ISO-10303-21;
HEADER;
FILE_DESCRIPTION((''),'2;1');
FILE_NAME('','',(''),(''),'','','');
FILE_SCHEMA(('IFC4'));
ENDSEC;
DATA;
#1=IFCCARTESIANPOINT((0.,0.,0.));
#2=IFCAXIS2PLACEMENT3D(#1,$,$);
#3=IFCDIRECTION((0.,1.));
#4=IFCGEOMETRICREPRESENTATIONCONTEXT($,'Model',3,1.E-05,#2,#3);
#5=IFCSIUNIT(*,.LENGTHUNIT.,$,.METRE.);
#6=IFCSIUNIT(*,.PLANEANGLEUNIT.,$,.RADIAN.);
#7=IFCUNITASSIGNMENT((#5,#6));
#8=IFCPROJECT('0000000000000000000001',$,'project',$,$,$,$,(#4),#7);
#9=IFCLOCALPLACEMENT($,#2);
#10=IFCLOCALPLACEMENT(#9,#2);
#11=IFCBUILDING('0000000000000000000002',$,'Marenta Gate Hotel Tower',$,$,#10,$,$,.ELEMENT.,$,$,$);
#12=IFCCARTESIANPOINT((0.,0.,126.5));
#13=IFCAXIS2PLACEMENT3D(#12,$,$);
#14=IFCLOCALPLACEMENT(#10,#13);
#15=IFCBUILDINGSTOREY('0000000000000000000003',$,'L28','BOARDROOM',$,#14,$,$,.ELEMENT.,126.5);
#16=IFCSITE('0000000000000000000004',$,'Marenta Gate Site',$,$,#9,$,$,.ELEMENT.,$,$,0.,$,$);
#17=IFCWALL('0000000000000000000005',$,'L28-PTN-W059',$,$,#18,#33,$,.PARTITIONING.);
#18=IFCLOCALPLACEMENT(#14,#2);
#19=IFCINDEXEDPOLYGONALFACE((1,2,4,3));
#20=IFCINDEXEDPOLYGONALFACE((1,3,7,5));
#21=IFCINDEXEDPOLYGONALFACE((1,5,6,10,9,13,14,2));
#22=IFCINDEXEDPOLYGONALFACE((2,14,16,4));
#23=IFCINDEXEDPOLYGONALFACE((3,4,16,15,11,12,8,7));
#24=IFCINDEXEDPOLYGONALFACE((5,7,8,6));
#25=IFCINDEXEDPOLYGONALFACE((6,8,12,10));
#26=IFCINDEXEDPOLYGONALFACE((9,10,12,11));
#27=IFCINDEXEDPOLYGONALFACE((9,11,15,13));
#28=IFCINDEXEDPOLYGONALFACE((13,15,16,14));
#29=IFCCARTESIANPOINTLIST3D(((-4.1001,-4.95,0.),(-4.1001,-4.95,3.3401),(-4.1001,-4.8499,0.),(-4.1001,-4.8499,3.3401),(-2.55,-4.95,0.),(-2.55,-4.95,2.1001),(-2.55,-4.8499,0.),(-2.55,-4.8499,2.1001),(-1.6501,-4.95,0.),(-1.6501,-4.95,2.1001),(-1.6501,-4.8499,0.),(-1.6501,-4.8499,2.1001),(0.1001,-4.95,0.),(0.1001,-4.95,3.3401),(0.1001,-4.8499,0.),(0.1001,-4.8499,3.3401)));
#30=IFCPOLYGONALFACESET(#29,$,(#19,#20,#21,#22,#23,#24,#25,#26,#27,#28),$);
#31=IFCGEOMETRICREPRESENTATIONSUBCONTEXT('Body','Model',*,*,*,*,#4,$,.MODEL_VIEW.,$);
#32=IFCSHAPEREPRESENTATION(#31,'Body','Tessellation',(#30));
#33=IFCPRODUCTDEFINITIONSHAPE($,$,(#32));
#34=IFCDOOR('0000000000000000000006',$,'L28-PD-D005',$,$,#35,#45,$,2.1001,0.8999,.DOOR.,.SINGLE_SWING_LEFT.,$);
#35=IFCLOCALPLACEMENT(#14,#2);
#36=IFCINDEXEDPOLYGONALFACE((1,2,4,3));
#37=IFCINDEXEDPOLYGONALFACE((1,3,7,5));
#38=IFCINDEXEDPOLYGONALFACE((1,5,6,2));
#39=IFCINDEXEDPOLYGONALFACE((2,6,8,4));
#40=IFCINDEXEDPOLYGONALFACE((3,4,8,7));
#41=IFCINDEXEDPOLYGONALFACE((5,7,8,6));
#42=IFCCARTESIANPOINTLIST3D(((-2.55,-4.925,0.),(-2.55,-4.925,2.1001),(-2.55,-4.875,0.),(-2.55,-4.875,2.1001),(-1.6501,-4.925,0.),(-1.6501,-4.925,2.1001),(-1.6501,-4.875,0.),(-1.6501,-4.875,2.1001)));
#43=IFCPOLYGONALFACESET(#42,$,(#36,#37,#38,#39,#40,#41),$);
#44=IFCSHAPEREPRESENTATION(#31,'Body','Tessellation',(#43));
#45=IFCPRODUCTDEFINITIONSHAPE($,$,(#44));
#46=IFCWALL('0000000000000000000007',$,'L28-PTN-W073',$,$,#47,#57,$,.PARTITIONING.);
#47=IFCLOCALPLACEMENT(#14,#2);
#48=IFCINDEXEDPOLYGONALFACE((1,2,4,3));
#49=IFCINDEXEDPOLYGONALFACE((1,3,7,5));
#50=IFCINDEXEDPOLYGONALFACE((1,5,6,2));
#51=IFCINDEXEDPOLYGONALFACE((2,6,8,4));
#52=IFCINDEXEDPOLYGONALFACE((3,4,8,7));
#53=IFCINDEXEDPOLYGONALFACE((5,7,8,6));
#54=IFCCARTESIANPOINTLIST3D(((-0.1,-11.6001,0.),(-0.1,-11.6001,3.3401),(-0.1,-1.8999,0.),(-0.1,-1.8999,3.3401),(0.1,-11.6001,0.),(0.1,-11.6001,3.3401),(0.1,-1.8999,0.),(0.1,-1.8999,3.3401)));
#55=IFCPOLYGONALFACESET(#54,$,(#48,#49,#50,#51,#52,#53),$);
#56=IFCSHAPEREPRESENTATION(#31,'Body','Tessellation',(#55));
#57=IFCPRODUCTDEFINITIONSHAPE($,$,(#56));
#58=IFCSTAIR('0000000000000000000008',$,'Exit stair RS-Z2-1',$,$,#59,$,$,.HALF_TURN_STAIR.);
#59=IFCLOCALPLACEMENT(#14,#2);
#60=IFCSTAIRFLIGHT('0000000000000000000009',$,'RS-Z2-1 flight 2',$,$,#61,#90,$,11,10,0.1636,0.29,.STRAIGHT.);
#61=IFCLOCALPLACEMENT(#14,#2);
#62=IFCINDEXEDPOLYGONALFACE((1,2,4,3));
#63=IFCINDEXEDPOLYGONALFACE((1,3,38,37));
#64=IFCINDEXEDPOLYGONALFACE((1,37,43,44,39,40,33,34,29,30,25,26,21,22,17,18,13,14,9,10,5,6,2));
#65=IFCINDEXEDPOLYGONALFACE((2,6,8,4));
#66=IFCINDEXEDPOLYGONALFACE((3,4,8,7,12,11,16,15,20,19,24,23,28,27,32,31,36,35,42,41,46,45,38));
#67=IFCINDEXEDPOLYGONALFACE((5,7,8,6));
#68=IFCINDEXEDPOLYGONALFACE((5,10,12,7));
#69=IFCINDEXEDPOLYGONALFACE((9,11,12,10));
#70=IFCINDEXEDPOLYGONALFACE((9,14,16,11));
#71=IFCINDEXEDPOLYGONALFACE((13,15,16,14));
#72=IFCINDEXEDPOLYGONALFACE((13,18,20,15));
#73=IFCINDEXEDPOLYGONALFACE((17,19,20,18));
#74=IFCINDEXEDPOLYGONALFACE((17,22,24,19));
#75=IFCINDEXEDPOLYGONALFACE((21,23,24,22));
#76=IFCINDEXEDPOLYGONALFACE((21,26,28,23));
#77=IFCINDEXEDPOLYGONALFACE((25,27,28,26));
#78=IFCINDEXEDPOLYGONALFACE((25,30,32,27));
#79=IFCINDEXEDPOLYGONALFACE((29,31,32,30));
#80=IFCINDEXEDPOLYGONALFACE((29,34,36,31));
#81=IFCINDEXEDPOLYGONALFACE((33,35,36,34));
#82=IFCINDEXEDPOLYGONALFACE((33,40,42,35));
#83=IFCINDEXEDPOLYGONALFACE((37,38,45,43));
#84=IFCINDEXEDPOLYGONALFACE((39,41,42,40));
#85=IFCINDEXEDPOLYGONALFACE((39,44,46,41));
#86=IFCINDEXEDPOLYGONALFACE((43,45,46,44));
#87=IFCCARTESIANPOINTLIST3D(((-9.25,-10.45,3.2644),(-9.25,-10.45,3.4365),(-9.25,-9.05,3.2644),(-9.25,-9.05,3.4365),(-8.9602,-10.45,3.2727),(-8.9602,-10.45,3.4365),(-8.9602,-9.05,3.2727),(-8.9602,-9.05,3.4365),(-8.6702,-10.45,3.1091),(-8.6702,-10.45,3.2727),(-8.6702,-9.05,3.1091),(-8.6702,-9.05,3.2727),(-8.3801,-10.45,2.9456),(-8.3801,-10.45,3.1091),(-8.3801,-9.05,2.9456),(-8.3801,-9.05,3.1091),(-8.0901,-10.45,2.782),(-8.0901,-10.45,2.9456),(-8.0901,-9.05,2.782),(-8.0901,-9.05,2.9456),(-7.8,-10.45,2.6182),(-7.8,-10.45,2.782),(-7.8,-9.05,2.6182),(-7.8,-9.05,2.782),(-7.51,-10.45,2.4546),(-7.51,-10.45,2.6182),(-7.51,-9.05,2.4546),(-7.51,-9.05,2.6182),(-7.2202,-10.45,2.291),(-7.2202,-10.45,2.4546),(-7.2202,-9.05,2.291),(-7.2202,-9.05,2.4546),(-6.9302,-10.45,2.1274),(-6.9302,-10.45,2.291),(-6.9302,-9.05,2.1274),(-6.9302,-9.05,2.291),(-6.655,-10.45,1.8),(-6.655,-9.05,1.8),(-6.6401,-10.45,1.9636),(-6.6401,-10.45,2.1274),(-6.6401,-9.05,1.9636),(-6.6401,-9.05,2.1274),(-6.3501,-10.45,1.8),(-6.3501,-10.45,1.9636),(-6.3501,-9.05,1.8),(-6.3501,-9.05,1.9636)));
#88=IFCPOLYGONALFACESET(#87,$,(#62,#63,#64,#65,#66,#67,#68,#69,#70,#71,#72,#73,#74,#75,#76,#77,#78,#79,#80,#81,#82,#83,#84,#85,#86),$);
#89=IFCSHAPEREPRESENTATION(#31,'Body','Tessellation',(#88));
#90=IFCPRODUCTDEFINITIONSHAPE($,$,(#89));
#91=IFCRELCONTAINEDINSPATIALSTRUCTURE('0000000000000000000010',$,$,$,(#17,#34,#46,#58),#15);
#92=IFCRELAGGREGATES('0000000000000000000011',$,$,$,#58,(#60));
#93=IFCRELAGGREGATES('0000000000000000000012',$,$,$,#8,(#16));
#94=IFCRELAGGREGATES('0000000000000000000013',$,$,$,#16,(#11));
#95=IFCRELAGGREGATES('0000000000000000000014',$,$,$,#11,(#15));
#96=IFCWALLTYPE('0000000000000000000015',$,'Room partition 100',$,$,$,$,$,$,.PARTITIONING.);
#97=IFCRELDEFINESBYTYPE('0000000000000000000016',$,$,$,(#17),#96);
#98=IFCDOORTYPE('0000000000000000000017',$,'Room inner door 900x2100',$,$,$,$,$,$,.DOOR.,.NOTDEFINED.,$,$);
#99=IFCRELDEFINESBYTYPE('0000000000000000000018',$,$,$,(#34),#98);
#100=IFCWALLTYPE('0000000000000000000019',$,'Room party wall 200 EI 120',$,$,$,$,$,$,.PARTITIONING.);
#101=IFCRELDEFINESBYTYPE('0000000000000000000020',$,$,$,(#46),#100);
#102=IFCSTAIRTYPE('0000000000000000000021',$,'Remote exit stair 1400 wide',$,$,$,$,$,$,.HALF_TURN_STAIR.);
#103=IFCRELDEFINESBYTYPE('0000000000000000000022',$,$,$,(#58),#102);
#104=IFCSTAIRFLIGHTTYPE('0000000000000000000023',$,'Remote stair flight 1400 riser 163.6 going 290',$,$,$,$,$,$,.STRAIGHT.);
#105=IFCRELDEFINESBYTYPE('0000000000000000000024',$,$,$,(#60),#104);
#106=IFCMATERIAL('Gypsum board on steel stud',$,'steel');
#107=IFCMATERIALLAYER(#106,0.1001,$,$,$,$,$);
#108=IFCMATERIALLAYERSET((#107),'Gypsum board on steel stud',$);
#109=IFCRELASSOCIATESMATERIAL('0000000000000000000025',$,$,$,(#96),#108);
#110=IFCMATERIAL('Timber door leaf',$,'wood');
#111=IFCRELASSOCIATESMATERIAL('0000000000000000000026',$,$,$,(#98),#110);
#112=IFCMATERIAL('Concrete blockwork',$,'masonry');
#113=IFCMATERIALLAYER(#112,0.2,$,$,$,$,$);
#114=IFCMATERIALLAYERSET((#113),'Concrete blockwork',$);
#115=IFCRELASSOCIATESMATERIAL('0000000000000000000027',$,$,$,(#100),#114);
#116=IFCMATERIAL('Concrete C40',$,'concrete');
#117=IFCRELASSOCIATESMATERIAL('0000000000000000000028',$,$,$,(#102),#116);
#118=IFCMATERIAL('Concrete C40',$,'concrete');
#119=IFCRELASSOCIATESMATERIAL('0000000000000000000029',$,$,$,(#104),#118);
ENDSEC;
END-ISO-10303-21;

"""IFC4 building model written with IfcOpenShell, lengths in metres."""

from ifc_helpers import new_model, si_unit, direction, frame, frame_2d, origin, place, context, subcontext, project, spatial, polyline, rectangle, outline, extrude, material, layer, layer_set, type_object, element, fill, aggregate, save


model = new_model("IFC4")

# Units and contexts
model_context = context("Model", 3, precision=1e-05, world=origin(), true_north=direction((0.0, 1.0)))
body_context = subcontext(model_context, "Body", "Model", "MODEL_VIEW")
ifc_project = project(units=[si_unit("LENGTHUNIT", "METRE"), si_unit("PLANEANGLEUNIT", "RADIAN")], contexts=[model_context])

# Site, building, storey
site_placement = place(None, origin())
site = spatial("IfcSite", under=ifc_project, at=site_placement, Name="Marenta Gate Site", CompositionType="ELEMENT", RefElevation=0.0)
building_placement = place(site_placement, origin())
building = spatial("IfcBuilding", under=site, at=building_placement, Name="Marenta Gate Hotel Tower", CompositionType="ELEMENT")
storey_placement = place(building_placement, frame((0.0, 0.0, 126.5)))
storey = spatial("IfcBuildingStorey", under=building, at=storey_placement, Name="L28", Description="BOARDROOM", CompositionType="ELEMENT", Elevation=126.5)

# Wall, opening, door
ifc_material_1 = material(Name="Gypsum board on steel stud", Category="steel")
ifc_layer_1 = layer(ifc_material_1, 0.1001)
ifc_layer_set_1 = layer_set([ifc_layer_1], Name="Gypsum board on steel stud")
wall_type_1 = type_object("IfcWallType", Name="Room partition 100", PredefinedType="PARTITIONING", material=ifc_layer_set_1)
wall_1_placement = place(storey_placement, frame((-4.1001, -4.8999, 0.0), z_axis=(0.0, 0.0, 1.0), x_axis=(1.0, 0.0, 0.0)))
wall_1 = element("IfcWall", 1, at=wall_1_placement, inside=storey, type_object=wall_type_1, Name="L28-PTN-W059", PredefinedType="PARTITIONING", context=body_context, shape_type="SweptSolid", body=[
    extrude(rectangle(XDim=4.2002, YDim=0.1001, at=frame_2d((2.1001, 0.0))), origin(), (0.0, 0.0, 1.0), 3.3401),
])
opening_1_placement = place(wall_1_placement, frame((1.55, 0.0, 0.0)))
opening_1 = element("IfcOpeningElement", 2, at=opening_1_placement, cuts=wall_1, PredefinedType="OPENING", context=body_context, shape_type="SweptSolid", body=[
    extrude(rectangle(XDim=0.8999, YDim=2.1001, at=frame_2d((0.45, 1.05))), frame((0.0, 0.05, 0.0), z_axis=(0.0, -1.0, 0.0), x_axis=(1.0, 0.0, 0.0)), (0.0, 0.0, 1.0), 0.1001),
])
ifc_material_2 = material(Name="Timber door leaf", Category="wood")
door_type_1 = type_object("IfcDoorType", Name="Room inner door 900x2100", OperationType="NOTDEFINED", PredefinedType="DOOR", material=ifc_material_2)
door_1_placement = place(opening_1_placement, origin())
door_1 = element("IfcDoor", 3, at=door_1_placement, inside=storey, type_object=door_type_1, Name="L28-PD-D005", OperationType="SINGLE_SWING_LEFT", OverallHeight=2.1001, OverallWidth=0.8999, PredefinedType="DOOR", context=body_context, shape_type="SweptSolid", body=[
    extrude(rectangle(XDim=0.8999, YDim=2.1001, at=frame_2d((0.45, 1.05))), frame((0.0, 0.0249, 0.0), z_axis=(0.0, -1.0, 0.0), x_axis=(1.0, 0.0, 0.0)), (0.0, 0.0, 1.0), 0.05),
])
fill(opening_1, door_1)

# Wall
ifc_material_3 = material(Name="Concrete blockwork", Category="masonry")
ifc_layer_2 = layer(ifc_material_3, 0.2)
ifc_layer_set_2 = layer_set([ifc_layer_2], Name="Concrete blockwork")
wall_type_2 = type_object("IfcWallType", Name="Room party wall 200 EI 120", PredefinedType="PARTITIONING", material=ifc_layer_set_2)
wall_2_placement = place(storey_placement, frame((0.0, -11.6001, 0.0), z_axis=(0.0, 0.0, 1.0), x_axis=(0.0, 1.0, 0.0)))
element("IfcWall", 4, at=wall_2_placement, inside=storey, type_object=wall_type_2, Name="L28-PTN-W073", PredefinedType="PARTITIONING", context=body_context, shape_type="SweptSolid", body=[
    extrude(rectangle(XDim=9.7002, YDim=0.2, at=frame_2d((4.8501, 0.0))), origin(), (0.0, 0.0, 1.0), 3.3401),
])

# Stair, stair flight
ifc_material_4 = material(Name="Concrete C40", Category="concrete")
stair_type = type_object("IfcStairType", Name="Remote exit stair 1400 wide", PredefinedType="HALF_TURN_STAIR", material=ifc_material_4)
stair_placement = place(storey_placement, origin())
stair = element("IfcStair", 5, at=stair_placement, inside=storey, type_object=stair_type, Name="Exit stair RS-Z2-1", PredefinedType="HALF_TURN_STAIR")
ifc_material_5 = material(Name="Concrete C40", Category="concrete")
stair_flight_type = type_object("IfcStairFlightType", Name="Remote stair flight 1400 riser 163.6 going 290", PredefinedType="STRAIGHT", material=ifc_material_5)
stair_flight_placement = place(storey_placement, frame((-6.3501, -9.75, 1.8), z_axis=(0.0, 0.0, 1.0), x_axis=(-1.0, 0.0, 0.0)))
stair_flight = element("IfcStairFlight", 6, at=stair_flight_placement, type_object=stair_flight_type, Name="RS-Z2-1 flight 2", NumberOfRisers=11, NumberOfTreads=10, PredefinedType="STRAIGHT", RiserHeight=0.1636, TreadLength=0.29, context=body_context, shape_type="SweptSolid", body=[
    extrude(outline(polyline([(0.0, 0.0), (0.0, 0.1636), (0.29, 0.1636), (0.29, 0.3274), (0.5801, 0.3274), (0.5801, 0.491), (0.8701, 0.491), (0.8701, 0.6545), (1.1599, 0.6545), (1.1599, 0.8181), (1.45, 0.8181), (1.45, 0.9819), (1.74, 0.9819), (1.74, 1.1455), (2.03, 1.1455), (2.03, 1.3091), (2.3201, 1.3091), (2.3201, 1.4727), (2.6101, 1.4727), (2.6101, 1.6365), (2.8999, 1.6365), (2.8999, 1.8), (2.8999, 1.4644), (0.3049, 0.0), (0.0, 0.0)])), frame((0.0, 0.7, 0.0), z_axis=(0.0, -1.0, 0.0), x_axis=(1.0, 0.0, 0.0)), (0.0, 0.0, 1.0), 1.3999),
])
aggregate(stair, [stair_flight])

save(model, "model.ifc")
